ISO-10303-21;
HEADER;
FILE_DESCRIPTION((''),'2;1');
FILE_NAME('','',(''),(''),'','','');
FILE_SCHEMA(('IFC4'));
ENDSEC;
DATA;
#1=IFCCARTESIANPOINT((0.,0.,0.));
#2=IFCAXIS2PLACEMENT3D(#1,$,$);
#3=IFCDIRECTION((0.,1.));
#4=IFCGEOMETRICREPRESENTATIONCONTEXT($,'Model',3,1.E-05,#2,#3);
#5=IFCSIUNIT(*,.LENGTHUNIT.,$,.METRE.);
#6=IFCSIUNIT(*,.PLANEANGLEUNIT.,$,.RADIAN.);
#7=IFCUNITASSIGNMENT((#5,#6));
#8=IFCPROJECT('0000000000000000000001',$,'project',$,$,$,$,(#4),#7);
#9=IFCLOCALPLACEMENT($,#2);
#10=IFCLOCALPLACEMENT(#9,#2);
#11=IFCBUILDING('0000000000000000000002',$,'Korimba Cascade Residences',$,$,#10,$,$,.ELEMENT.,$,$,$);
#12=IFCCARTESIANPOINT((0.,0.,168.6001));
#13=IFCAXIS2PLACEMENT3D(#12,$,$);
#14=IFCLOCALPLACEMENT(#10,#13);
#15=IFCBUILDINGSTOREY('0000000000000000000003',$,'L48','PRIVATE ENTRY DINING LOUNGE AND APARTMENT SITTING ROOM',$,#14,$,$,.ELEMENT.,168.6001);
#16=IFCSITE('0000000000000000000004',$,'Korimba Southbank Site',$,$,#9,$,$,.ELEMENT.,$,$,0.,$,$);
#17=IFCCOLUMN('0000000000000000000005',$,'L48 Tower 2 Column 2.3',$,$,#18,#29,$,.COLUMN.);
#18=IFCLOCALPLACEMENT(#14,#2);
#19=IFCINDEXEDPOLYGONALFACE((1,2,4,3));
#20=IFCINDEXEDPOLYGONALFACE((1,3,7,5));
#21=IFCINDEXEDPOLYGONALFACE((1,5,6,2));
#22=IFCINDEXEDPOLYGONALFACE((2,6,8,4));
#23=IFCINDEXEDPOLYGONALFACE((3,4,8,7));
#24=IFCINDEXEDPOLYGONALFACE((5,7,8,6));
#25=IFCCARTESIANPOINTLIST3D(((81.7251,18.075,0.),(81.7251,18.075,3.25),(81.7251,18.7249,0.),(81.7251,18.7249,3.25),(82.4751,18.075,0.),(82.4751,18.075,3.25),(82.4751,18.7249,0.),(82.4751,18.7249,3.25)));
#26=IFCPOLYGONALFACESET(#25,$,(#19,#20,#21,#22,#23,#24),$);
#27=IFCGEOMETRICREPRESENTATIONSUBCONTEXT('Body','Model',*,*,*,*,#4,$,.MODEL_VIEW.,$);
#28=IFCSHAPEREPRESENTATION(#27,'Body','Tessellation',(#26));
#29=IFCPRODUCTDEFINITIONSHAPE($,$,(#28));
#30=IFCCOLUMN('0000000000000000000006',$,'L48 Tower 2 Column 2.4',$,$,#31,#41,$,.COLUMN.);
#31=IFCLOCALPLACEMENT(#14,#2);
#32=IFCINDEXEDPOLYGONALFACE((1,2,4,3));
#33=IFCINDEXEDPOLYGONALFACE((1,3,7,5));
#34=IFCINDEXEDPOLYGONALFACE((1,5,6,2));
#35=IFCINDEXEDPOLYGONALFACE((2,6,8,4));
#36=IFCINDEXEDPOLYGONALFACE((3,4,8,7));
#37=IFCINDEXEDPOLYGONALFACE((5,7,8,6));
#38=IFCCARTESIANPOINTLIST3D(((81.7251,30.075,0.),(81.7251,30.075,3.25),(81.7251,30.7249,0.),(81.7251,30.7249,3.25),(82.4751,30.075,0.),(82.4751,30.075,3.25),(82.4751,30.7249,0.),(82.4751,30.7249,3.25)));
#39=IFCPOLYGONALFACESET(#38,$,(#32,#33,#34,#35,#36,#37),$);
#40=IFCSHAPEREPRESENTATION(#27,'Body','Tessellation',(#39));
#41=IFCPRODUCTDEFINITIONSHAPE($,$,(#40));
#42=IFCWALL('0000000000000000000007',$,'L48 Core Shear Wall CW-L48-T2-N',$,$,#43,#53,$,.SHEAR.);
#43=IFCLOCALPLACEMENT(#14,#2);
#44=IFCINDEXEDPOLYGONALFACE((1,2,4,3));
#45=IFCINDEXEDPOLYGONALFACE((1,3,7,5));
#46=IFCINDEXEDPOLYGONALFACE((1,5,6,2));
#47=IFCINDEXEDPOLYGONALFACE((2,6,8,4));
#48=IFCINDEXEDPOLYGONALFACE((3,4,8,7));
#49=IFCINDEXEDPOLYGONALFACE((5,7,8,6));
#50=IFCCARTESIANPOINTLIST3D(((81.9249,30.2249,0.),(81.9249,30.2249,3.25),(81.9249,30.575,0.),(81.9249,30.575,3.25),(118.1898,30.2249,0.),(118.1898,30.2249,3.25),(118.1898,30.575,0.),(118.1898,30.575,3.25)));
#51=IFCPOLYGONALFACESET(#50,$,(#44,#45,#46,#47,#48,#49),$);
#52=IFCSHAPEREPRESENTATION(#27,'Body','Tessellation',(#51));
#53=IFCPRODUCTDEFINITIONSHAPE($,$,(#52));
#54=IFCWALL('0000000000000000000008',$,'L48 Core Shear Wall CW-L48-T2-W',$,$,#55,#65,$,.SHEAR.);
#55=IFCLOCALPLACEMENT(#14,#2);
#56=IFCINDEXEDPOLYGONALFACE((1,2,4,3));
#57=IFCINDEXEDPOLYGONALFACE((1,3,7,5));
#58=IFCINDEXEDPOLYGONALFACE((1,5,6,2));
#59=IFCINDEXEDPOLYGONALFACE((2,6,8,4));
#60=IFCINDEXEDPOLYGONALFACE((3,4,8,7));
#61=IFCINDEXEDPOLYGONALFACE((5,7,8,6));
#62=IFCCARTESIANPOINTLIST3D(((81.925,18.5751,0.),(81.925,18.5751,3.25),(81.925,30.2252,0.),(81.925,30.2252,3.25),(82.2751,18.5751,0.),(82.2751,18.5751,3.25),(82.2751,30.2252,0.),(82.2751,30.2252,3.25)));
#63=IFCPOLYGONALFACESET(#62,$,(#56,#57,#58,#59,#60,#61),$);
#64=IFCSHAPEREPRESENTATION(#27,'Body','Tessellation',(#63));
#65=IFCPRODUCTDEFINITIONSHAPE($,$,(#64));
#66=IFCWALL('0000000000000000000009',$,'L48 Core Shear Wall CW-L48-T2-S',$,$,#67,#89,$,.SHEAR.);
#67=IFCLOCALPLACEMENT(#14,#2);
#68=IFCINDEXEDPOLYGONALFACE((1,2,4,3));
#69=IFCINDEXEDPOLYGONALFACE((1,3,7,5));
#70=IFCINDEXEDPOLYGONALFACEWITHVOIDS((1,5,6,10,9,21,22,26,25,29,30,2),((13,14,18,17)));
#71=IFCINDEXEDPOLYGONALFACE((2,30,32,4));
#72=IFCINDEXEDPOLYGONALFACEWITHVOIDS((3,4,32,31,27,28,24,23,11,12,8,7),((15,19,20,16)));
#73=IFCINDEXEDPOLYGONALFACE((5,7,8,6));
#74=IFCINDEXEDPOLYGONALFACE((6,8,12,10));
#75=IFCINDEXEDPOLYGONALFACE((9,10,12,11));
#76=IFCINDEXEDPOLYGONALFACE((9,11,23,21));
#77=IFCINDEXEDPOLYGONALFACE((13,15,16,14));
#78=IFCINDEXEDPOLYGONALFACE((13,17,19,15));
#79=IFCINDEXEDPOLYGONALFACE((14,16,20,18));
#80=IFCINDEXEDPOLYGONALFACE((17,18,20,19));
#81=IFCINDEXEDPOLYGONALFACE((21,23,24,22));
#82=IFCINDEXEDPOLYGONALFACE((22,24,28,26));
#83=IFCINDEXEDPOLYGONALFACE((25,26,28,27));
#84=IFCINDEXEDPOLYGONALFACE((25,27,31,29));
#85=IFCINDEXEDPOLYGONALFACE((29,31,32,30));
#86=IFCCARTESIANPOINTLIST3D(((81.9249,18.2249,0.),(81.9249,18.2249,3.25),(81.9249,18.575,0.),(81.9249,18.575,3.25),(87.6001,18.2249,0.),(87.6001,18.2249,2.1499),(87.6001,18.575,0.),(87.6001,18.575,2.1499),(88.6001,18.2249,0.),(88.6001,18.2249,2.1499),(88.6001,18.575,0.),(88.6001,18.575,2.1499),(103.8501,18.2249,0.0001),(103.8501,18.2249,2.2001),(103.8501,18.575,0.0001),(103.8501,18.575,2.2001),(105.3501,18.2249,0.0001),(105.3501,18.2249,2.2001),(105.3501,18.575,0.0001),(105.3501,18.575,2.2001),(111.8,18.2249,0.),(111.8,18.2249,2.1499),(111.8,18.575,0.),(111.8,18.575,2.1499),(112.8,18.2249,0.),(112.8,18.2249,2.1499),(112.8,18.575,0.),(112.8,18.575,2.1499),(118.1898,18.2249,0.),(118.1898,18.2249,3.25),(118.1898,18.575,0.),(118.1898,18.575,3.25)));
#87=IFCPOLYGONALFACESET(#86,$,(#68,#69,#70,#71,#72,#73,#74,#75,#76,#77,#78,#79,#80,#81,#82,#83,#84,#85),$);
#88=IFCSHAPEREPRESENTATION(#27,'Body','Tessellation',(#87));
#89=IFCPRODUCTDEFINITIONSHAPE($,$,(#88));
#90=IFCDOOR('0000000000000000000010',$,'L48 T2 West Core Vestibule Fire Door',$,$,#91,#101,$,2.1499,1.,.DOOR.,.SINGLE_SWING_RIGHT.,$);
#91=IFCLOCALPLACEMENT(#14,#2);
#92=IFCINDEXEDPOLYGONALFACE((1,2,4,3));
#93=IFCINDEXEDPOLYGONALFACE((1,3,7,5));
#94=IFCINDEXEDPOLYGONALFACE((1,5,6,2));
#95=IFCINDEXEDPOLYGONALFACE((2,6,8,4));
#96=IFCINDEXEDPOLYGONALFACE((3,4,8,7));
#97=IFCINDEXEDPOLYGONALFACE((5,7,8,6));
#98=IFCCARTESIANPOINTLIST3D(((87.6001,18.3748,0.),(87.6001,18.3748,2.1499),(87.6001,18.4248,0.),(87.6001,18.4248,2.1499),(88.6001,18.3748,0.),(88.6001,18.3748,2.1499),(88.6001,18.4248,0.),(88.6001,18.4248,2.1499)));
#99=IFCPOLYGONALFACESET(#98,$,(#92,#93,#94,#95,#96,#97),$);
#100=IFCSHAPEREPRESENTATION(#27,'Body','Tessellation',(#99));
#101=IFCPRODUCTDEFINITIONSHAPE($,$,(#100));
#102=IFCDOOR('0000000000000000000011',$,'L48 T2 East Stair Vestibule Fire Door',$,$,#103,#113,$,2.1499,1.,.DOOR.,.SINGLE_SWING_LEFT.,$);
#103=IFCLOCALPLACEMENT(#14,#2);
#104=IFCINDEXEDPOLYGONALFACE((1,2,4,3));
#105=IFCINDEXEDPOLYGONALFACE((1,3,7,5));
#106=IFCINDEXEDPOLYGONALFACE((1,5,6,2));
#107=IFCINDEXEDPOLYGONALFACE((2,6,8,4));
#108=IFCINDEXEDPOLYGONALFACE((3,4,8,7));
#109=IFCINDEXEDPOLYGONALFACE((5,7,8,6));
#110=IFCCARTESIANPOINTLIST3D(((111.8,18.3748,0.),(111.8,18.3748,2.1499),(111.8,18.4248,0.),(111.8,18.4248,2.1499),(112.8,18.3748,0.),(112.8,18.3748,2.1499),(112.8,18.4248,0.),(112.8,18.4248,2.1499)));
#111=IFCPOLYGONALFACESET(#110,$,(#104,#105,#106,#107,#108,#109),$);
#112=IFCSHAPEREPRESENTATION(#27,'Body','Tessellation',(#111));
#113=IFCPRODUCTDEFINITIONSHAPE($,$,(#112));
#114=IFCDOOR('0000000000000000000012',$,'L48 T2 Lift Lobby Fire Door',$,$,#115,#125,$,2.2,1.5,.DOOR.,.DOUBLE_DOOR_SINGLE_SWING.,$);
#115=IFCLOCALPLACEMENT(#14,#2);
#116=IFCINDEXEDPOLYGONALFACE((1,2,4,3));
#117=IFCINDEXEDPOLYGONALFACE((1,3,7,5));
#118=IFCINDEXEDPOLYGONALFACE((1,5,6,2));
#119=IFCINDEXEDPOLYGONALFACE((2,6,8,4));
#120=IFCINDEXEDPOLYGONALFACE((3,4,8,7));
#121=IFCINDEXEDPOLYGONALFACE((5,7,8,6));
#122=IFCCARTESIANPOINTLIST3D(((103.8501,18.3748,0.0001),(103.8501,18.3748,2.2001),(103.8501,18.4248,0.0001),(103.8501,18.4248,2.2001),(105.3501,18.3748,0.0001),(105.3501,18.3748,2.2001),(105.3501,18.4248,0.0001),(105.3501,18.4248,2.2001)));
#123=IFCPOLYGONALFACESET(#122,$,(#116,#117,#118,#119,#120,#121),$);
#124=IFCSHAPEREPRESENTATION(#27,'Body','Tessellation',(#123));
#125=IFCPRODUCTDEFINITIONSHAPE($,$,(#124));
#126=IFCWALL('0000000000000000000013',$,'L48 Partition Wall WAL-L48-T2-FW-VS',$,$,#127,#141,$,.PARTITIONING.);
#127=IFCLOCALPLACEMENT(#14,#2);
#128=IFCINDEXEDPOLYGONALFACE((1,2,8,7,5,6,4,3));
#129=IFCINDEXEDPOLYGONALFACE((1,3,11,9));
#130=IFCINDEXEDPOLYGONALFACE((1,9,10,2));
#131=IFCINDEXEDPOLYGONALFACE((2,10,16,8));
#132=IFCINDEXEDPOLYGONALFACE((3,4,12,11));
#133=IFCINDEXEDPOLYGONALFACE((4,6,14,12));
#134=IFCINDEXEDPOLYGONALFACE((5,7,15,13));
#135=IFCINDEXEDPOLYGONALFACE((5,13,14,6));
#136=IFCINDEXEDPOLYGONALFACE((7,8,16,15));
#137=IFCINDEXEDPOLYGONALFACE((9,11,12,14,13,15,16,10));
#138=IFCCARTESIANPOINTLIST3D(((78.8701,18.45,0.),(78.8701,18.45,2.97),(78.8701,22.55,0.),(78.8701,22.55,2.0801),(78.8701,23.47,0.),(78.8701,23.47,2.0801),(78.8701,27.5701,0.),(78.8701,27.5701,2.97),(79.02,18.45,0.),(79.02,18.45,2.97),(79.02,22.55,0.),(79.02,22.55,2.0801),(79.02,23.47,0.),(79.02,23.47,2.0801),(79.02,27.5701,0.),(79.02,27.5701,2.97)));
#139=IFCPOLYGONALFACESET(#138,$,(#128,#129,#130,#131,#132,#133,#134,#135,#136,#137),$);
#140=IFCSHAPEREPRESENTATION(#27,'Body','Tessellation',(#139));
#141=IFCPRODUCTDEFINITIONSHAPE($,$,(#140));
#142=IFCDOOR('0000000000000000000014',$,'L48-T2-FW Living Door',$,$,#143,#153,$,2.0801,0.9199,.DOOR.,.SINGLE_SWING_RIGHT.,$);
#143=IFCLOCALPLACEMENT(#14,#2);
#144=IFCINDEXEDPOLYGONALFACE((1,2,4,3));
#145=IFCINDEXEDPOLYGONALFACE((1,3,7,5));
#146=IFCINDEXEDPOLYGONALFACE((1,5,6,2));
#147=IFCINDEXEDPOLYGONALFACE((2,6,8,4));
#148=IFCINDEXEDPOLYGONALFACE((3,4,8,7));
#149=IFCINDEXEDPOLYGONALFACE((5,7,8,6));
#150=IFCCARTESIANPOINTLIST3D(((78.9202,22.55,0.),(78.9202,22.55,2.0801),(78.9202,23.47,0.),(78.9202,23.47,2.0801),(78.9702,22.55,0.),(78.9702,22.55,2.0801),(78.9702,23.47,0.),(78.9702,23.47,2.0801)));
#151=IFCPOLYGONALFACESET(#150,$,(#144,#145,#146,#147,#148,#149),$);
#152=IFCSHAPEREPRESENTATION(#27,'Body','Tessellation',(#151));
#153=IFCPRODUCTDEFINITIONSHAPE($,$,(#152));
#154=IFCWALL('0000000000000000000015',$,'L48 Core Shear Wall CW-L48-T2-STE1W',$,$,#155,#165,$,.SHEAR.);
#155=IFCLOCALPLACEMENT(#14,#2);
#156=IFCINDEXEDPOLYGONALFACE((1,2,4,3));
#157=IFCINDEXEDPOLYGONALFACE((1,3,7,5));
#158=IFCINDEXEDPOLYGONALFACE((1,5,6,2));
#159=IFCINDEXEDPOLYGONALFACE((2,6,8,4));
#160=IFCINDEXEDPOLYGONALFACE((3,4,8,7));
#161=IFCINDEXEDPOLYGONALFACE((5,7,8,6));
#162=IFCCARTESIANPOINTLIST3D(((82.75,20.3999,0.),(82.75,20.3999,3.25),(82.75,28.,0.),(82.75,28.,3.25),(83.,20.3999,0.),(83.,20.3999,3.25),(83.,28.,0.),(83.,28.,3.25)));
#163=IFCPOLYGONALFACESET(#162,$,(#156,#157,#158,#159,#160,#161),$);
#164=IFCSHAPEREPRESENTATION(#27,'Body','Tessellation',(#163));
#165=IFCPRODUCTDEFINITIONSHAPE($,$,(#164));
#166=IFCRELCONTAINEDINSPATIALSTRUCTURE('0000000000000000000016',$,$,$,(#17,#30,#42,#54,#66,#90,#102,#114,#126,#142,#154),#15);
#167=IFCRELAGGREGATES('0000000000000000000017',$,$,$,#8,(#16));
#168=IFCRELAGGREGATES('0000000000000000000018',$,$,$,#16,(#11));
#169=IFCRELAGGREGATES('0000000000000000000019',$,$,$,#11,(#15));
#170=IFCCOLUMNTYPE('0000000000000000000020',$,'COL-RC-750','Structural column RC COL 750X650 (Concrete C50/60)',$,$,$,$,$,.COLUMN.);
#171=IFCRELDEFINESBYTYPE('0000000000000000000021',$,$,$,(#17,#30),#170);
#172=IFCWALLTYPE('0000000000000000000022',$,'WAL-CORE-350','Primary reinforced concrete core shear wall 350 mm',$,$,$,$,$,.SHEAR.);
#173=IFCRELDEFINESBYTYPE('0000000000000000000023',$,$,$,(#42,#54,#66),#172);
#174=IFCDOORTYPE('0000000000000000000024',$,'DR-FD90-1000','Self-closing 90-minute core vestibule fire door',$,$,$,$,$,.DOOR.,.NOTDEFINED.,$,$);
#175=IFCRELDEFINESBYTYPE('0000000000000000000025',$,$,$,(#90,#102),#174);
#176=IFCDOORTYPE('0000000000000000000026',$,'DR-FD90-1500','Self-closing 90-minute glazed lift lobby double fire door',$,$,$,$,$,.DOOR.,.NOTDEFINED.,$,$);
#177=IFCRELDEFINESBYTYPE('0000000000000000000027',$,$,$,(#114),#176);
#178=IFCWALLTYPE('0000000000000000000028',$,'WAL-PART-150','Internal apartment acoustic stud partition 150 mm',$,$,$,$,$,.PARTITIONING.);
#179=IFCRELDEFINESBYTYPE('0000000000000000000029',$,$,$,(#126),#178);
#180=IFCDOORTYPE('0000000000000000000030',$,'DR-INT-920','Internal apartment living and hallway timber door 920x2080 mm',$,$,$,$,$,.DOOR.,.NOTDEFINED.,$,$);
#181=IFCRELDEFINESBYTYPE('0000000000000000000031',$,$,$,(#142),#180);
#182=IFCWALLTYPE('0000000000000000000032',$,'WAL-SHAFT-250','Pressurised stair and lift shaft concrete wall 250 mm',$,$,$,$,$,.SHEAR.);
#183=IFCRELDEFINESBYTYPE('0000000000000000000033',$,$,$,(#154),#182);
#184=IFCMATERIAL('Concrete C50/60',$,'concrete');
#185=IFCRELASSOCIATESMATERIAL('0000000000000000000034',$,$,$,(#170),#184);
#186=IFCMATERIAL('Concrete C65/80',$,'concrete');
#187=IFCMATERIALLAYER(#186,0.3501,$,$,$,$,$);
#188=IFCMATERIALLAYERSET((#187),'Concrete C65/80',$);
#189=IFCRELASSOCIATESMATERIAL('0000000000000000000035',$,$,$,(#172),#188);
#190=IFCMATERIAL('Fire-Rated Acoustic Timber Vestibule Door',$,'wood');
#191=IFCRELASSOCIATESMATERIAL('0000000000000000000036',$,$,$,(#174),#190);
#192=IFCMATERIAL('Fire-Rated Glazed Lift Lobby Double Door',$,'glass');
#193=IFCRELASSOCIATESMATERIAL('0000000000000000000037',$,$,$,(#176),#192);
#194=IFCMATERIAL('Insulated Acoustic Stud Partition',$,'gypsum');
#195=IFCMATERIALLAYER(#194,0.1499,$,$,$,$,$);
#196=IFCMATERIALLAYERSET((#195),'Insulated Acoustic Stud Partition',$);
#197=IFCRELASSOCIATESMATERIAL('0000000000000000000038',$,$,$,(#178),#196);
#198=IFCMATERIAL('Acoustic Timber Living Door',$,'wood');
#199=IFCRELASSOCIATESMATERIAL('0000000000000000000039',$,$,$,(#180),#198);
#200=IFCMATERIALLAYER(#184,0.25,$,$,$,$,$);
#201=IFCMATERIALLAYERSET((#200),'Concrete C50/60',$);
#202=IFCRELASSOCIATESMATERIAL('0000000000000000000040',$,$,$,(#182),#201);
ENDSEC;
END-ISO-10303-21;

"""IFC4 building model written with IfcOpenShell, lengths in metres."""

from ifc_helpers import new_model, si_unit, direction, frame, frame_2d, origin, origin_2d, place, context, subcontext, project, spatial, rectangle, extrude, material, layer, layer_set, material_profile, profile_set, type_object, element, fill, save


model = new_model("IFC4")

# Units and contexts
model_context = context("Model", 3, precision=1e-05, world=origin(), true_north=direction((0.0, 1.0)))
body_context = subcontext(model_context, "Body", "Model", "MODEL_VIEW")
ifc_project = project(units=[si_unit("LENGTHUNIT", "METRE"), si_unit("PLANEANGLEUNIT", "RADIAN")], contexts=[model_context])

# Site, building, storey
site_placement = place(None, origin())
site = spatial("IfcSite", under=ifc_project, at=site_placement, Name="Korimba Southbank Site", CompositionType="ELEMENT", RefElevation=0.0)
building_placement = place(site_placement, origin())
building = spatial("IfcBuilding", under=site, at=building_placement, Name="Korimba Cascade Residences", CompositionType="ELEMENT")
storey_placement = place(building_placement, frame((0.0, 0.0, 168.6001)))
storey = spatial("IfcBuildingStorey", under=building, at=storey_placement, Name="L48", Description="PRIVATE ENTRY DINING LOUNGE AND APARTMENT SITTING ROOM", CompositionType="ELEMENT", Elevation=168.6001)

# Columns
ifc_material_1 = material(Name="Concrete C50/60", Category="concrete")
ifc_material_profile = material_profile(ifc_material_1, rectangle(XDim=0.75, YDim=0.6499, at=origin_2d()), Name="Concrete C50/60")
ifc_profile_set = profile_set([ifc_material_profile], Name="Concrete C50/60")
column_type = type_object("IfcColumnType", Name="COL-RC-750", Description="Structural column RC COL 750X650 (Concrete C50/60)", PredefinedType="COLUMN", material=ifc_profile_set)
for number, where, z_axis, x_axis, name in (
    (1, (82.1001, 18.3999, 0.0), (0.0, 0.0, 1.0), (1.0, 0.0, 0.0), "L48 Tower 2 Column 2.3"),
    (2, (82.1001, 30.3999, 0.0), (0.0, 0.0, 1.0), (1.0, 0.0, 0.0), "L48 Tower 2 Column 2.4"),
):
    element("IfcColumn", number, at=place(storey_placement, frame(where, z_axis=z_axis, x_axis=x_axis)), inside=storey, type_object=column_type, Name=name, PredefinedType="COLUMN", context=body_context, shape_type="SweptSolid", body=[
        extrude(rectangle(XDim=0.75, YDim=0.6499, at=origin_2d()), origin(), (0.0, 0.0, 1.0), 3.25),
    ])

# Walls
ifc_material_2 = material(Name="Concrete C65/80", Category="concrete")
ifc_layer_1 = layer(ifc_material_2, 0.3501)
ifc_layer_set_1 = layer_set([ifc_layer_1], Name="Concrete C65/80")
wall_type_1 = type_object("IfcWallType", Name="WAL-CORE-350", Description="Primary reinforced concrete core shear wall 350 mm", PredefinedType="SHEAR", material=ifc_layer_set_1)
wall_1_placement = place(storey_placement, frame((81.925, 30.3999, 0.0), z_axis=(0.0, 0.0, 1.0), x_axis=(1.0, 0.0, 0.0)))
element("IfcWall", 3, at=wall_1_placement, inside=storey, type_object=wall_type_1, Name="L48 Core Shear Wall CW-L48-T2-N", PredefinedType="SHEAR", context=body_context, shape_type="SweptSolid", body=[
    extrude(rectangle(XDim=36.2649, YDim=0.3501, at=frame_2d((18.1323, 0.0))), origin(), (0.0, 0.0, 1.0), 3.25),
])
wall_2_placement = place(storey_placement, frame((82.1001, 18.575, 0.0), z_axis=(0.0, 0.0, 1.0), x_axis=(0.0, 1.0, 0.0)))
element("IfcWall", 4, at=wall_2_placement, inside=storey, type_object=wall_type_1, Name="L48 Core Shear Wall CW-L48-T2-W", PredefinedType="SHEAR", context=body_context, shape_type="SweptSolid", body=[
    extrude(rectangle(XDim=11.6501, YDim=0.3501, at=frame_2d((5.8252, 0.0))), origin(), (0.0, 0.0, 1.0), 3.25),
])

# Wall, openings, doors
wall_3_placement = place(storey_placement, frame((81.925, 18.3999, 0.0), z_axis=(0.0, 0.0, 1.0), x_axis=(1.0, 0.0, 0.0)))
wall_3 = element("IfcWall", 5, at=wall_3_placement, inside=storey, type_object=wall_type_1, Name="L48 Core Shear Wall CW-L48-T2-S", PredefinedType="SHEAR", context=body_context, shape_type="SweptSolid", body=[
    extrude(rectangle(XDim=36.2649, YDim=0.3501, at=frame_2d((18.1323, 0.0))), origin(), (0.0, 0.0, 1.0), 3.25),
])
opening_1_placement = place(wall_3_placement, frame((5.675, 0.0, 0.0)))
opening_1 = element("IfcOpeningElement", 6, at=opening_1_placement, cuts=wall_3, PredefinedType="OPENING", context=body_context, shape_type="SweptSolid", body=[
    extrude(rectangle(XDim=1.0, YDim=2.1499, at=frame_2d((0.5, 1.075))), frame((0.0, 0.1851, 0.0), z_axis=(0.0, -1.0, 0.0), x_axis=(1.0, 0.0, 0.0)), (0.0, 0.0, 1.0), 0.3701),
])
opening_2_placement = place(wall_3_placement, frame((21.925, 0.0, 0.0)))
opening_2 = element("IfcOpeningElement", 7, at=opening_2_placement, cuts=wall_3, PredefinedType="OPENING", context=body_context, shape_type="SweptSolid", body=[
    extrude(rectangle(XDim=1.5, YDim=2.2, at=frame_2d((0.75, 1.1001))), frame((0.0, 0.1851, 0.0), z_axis=(0.0, -1.0, 0.0), x_axis=(1.0, 0.0, 0.0)), (0.0, 0.0, 1.0), 0.3701),
])
opening_3_placement = place(wall_3_placement, frame((29.875, 0.0, 0.0)))
opening_3 = element("IfcOpeningElement", 8, at=opening_3_placement, cuts=wall_3, PredefinedType="OPENING", context=body_context, shape_type="SweptSolid", body=[
    extrude(rectangle(XDim=1.0, YDim=2.1499, at=frame_2d((0.5, 1.075))), frame((0.0, 0.1851, 0.0), z_axis=(0.0, -1.0, 0.0), x_axis=(1.0, 0.0, 0.0)), (0.0, 0.0, 1.0), 0.3701),
])
ifc_material_3 = material(Name="Fire-Rated Acoustic Timber Vestibule Door", Category="wood")
door_type_1 = type_object("IfcDoorType", Name="DR-FD90-1000", Description="Self-closing 90-minute core vestibule fire door", OperationType="NOTDEFINED", PredefinedType="DOOR", material=ifc_material_3)
door_1_placement = place(opening_1_placement, origin())
door_1 = element("IfcDoor", 9, at=door_1_placement, inside=storey, type_object=door_type_1, Name="L48 T2 West Core Vestibule Fire Door", OperationType="SINGLE_SWING_RIGHT", OverallHeight=2.1499, OverallWidth=1.0, PredefinedType="DOOR", context=body_context, shape_type="SweptSolid", body=[
    extrude(rectangle(XDim=1.0, YDim=2.1499, at=frame_2d((0.5, 1.075))), frame((0.0, 0.0249, 0.0), z_axis=(0.0, -1.0, 0.0), x_axis=(1.0, 0.0, 0.0)), (0.0, 0.0, 1.0), 0.05),
])
fill(opening_1, door_1)
door_2_placement = place(opening_3_placement, origin())
door_2 = element("IfcDoor", 10, at=door_2_placement, inside=storey, type_object=door_type_1, Name="L48 T2 East Stair Vestibule Fire Door", OperationType="SINGLE_SWING_LEFT", OverallHeight=2.1499, OverallWidth=1.0, PredefinedType="DOOR", context=body_context, shape_type="SweptSolid", body=[
    extrude(rectangle(XDim=1.0, YDim=2.1499, at=frame_2d((0.5, 1.075))), frame((0.0, 0.0249, 0.0), z_axis=(0.0, -1.0, 0.0), x_axis=(1.0, 0.0, 0.0)), (0.0, 0.0, 1.0), 0.05),
])
fill(opening_3, door_2)
ifc_material_4 = material(Name="Fire-Rated Glazed Lift Lobby Double Door", Category="glass")
door_type_2 = type_object("IfcDoorType", Name="DR-FD90-1500", Description="Self-closing 90-minute glazed lift lobby double fire door", OperationType="NOTDEFINED", PredefinedType="DOOR", material=ifc_material_4)
door_3_placement = place(opening_2_placement, origin())
door_3 = element("IfcDoor", 11, at=door_3_placement, inside=storey, type_object=door_type_2, Name="L48 T2 Lift Lobby Fire Door", OperationType="DOUBLE_DOOR_SINGLE_SWING", OverallHeight=2.2, OverallWidth=1.5, PredefinedType="DOOR", context=body_context, shape_type="SweptSolid", body=[
    extrude(rectangle(XDim=1.5, YDim=2.2, at=frame_2d((0.75, 1.1001))), frame((0.0, 0.0249, 0.0), z_axis=(0.0, -1.0, 0.0), x_axis=(1.0, 0.0, 0.0)), (0.0, 0.0, 1.0), 0.05),
])
fill(opening_2, door_3)

# Wall, opening, door
ifc_material_5 = material(Name="Insulated Acoustic Stud Partition", Category="gypsum")
ifc_layer_2 = layer(ifc_material_5, 0.1499)
ifc_layer_set_2 = layer_set([ifc_layer_2], Name="Insulated Acoustic Stud Partition")
wall_type_2 = type_object("IfcWallType", Name="WAL-PART-150", Description="Internal apartment acoustic stud partition 150 mm", PredefinedType="PARTITIONING", material=ifc_layer_set_2)
wall_4_placement = place(storey_placement, frame((78.9451, 18.45, 0.0), z_axis=(0.0, 0.0, 1.0), x_axis=(0.0, 1.0, 0.0)))
wall_4 = element("IfcWall", 12, at=wall_4_placement, inside=storey, type_object=wall_type_2, Name="L48 Partition Wall WAL-L48-T2-FW-VS", PredefinedType="PARTITIONING", context=body_context, shape_type="SweptSolid", body=[
    extrude(rectangle(XDim=9.1201, YDim=0.1499, at=frame_2d((4.5601, 0.0))), origin(), (0.0, 0.0, 1.0), 2.97),
])
opening_4_placement = place(wall_4_placement, frame((4.1001, 0.0, 0.0)))
opening_4 = element("IfcOpeningElement", 13, at=opening_4_placement, cuts=wall_4, PredefinedType="OPENING", context=body_context, shape_type="SweptSolid", body=[
    extrude(rectangle(XDim=0.9199, YDim=2.0801, at=frame_2d((0.46, 1.04))), frame((0.0, 0.085, 0.0), z_axis=(0.0, -1.0, 0.0), x_axis=(1.0, 0.0, 0.0)), (0.0, 0.0, 1.0), 0.1699),
])
ifc_material_6 = material(Name="Acoustic Timber Living Door", Category="wood")
door_type_3 = type_object("IfcDoorType", Name="DR-INT-920", Description="Internal apartment living and hallway timber door 920x2080 mm", OperationType="NOTDEFINED", PredefinedType="DOOR", material=ifc_material_6)
door_4_placement = place(opening_4_placement, origin())
door_4 = element("IfcDoor", 14, at=door_4_placement, inside=storey, type_object=door_type_3, Name="L48-T2-FW Living Door", OperationType="SINGLE_SWING_RIGHT", OverallHeight=2.0801, OverallWidth=0.9199, PredefinedType="DOOR", context=body_context, shape_type="SweptSolid", body=[
    extrude(rectangle(XDim=0.9199, YDim=2.0801, at=frame_2d((0.46, 1.04))), frame((0.0, 0.0249, 0.0), z_axis=(0.0, -1.0, 0.0), x_axis=(1.0, 0.0, 0.0)), (0.0, 0.0, 1.0), 0.05),
])
fill(opening_4, door_4)

# Wall
ifc_layer_3 = layer(ifc_material_1, 0.25)
ifc_layer_set_3 = layer_set([ifc_layer_3], Name="Concrete C50/60")
wall_type_3 = type_object("IfcWallType", Name="WAL-SHAFT-250", Description="Pressurised stair and lift shaft concrete wall 250 mm", PredefinedType="SHEAR", material=ifc_layer_set_3)
wall_5_placement = place(storey_placement, frame((82.875, 20.3999, 0.0), z_axis=(0.0, 0.0, 1.0), x_axis=(0.0, 1.0, 0.0)))
element("IfcWall", 15, at=wall_5_placement, inside=storey, type_object=wall_type_3, Name="L48 Core Shear Wall CW-L48-T2-STE1W", PredefinedType="SHEAR", context=body_context, shape_type="SweptSolid", body=[
    extrude(rectangle(XDim=7.6001, YDim=0.25, at=frame_2d((3.8, 0.0))), origin(), (0.0, 0.0, 1.0), 3.25),
])

save(model, "model.ifc")
